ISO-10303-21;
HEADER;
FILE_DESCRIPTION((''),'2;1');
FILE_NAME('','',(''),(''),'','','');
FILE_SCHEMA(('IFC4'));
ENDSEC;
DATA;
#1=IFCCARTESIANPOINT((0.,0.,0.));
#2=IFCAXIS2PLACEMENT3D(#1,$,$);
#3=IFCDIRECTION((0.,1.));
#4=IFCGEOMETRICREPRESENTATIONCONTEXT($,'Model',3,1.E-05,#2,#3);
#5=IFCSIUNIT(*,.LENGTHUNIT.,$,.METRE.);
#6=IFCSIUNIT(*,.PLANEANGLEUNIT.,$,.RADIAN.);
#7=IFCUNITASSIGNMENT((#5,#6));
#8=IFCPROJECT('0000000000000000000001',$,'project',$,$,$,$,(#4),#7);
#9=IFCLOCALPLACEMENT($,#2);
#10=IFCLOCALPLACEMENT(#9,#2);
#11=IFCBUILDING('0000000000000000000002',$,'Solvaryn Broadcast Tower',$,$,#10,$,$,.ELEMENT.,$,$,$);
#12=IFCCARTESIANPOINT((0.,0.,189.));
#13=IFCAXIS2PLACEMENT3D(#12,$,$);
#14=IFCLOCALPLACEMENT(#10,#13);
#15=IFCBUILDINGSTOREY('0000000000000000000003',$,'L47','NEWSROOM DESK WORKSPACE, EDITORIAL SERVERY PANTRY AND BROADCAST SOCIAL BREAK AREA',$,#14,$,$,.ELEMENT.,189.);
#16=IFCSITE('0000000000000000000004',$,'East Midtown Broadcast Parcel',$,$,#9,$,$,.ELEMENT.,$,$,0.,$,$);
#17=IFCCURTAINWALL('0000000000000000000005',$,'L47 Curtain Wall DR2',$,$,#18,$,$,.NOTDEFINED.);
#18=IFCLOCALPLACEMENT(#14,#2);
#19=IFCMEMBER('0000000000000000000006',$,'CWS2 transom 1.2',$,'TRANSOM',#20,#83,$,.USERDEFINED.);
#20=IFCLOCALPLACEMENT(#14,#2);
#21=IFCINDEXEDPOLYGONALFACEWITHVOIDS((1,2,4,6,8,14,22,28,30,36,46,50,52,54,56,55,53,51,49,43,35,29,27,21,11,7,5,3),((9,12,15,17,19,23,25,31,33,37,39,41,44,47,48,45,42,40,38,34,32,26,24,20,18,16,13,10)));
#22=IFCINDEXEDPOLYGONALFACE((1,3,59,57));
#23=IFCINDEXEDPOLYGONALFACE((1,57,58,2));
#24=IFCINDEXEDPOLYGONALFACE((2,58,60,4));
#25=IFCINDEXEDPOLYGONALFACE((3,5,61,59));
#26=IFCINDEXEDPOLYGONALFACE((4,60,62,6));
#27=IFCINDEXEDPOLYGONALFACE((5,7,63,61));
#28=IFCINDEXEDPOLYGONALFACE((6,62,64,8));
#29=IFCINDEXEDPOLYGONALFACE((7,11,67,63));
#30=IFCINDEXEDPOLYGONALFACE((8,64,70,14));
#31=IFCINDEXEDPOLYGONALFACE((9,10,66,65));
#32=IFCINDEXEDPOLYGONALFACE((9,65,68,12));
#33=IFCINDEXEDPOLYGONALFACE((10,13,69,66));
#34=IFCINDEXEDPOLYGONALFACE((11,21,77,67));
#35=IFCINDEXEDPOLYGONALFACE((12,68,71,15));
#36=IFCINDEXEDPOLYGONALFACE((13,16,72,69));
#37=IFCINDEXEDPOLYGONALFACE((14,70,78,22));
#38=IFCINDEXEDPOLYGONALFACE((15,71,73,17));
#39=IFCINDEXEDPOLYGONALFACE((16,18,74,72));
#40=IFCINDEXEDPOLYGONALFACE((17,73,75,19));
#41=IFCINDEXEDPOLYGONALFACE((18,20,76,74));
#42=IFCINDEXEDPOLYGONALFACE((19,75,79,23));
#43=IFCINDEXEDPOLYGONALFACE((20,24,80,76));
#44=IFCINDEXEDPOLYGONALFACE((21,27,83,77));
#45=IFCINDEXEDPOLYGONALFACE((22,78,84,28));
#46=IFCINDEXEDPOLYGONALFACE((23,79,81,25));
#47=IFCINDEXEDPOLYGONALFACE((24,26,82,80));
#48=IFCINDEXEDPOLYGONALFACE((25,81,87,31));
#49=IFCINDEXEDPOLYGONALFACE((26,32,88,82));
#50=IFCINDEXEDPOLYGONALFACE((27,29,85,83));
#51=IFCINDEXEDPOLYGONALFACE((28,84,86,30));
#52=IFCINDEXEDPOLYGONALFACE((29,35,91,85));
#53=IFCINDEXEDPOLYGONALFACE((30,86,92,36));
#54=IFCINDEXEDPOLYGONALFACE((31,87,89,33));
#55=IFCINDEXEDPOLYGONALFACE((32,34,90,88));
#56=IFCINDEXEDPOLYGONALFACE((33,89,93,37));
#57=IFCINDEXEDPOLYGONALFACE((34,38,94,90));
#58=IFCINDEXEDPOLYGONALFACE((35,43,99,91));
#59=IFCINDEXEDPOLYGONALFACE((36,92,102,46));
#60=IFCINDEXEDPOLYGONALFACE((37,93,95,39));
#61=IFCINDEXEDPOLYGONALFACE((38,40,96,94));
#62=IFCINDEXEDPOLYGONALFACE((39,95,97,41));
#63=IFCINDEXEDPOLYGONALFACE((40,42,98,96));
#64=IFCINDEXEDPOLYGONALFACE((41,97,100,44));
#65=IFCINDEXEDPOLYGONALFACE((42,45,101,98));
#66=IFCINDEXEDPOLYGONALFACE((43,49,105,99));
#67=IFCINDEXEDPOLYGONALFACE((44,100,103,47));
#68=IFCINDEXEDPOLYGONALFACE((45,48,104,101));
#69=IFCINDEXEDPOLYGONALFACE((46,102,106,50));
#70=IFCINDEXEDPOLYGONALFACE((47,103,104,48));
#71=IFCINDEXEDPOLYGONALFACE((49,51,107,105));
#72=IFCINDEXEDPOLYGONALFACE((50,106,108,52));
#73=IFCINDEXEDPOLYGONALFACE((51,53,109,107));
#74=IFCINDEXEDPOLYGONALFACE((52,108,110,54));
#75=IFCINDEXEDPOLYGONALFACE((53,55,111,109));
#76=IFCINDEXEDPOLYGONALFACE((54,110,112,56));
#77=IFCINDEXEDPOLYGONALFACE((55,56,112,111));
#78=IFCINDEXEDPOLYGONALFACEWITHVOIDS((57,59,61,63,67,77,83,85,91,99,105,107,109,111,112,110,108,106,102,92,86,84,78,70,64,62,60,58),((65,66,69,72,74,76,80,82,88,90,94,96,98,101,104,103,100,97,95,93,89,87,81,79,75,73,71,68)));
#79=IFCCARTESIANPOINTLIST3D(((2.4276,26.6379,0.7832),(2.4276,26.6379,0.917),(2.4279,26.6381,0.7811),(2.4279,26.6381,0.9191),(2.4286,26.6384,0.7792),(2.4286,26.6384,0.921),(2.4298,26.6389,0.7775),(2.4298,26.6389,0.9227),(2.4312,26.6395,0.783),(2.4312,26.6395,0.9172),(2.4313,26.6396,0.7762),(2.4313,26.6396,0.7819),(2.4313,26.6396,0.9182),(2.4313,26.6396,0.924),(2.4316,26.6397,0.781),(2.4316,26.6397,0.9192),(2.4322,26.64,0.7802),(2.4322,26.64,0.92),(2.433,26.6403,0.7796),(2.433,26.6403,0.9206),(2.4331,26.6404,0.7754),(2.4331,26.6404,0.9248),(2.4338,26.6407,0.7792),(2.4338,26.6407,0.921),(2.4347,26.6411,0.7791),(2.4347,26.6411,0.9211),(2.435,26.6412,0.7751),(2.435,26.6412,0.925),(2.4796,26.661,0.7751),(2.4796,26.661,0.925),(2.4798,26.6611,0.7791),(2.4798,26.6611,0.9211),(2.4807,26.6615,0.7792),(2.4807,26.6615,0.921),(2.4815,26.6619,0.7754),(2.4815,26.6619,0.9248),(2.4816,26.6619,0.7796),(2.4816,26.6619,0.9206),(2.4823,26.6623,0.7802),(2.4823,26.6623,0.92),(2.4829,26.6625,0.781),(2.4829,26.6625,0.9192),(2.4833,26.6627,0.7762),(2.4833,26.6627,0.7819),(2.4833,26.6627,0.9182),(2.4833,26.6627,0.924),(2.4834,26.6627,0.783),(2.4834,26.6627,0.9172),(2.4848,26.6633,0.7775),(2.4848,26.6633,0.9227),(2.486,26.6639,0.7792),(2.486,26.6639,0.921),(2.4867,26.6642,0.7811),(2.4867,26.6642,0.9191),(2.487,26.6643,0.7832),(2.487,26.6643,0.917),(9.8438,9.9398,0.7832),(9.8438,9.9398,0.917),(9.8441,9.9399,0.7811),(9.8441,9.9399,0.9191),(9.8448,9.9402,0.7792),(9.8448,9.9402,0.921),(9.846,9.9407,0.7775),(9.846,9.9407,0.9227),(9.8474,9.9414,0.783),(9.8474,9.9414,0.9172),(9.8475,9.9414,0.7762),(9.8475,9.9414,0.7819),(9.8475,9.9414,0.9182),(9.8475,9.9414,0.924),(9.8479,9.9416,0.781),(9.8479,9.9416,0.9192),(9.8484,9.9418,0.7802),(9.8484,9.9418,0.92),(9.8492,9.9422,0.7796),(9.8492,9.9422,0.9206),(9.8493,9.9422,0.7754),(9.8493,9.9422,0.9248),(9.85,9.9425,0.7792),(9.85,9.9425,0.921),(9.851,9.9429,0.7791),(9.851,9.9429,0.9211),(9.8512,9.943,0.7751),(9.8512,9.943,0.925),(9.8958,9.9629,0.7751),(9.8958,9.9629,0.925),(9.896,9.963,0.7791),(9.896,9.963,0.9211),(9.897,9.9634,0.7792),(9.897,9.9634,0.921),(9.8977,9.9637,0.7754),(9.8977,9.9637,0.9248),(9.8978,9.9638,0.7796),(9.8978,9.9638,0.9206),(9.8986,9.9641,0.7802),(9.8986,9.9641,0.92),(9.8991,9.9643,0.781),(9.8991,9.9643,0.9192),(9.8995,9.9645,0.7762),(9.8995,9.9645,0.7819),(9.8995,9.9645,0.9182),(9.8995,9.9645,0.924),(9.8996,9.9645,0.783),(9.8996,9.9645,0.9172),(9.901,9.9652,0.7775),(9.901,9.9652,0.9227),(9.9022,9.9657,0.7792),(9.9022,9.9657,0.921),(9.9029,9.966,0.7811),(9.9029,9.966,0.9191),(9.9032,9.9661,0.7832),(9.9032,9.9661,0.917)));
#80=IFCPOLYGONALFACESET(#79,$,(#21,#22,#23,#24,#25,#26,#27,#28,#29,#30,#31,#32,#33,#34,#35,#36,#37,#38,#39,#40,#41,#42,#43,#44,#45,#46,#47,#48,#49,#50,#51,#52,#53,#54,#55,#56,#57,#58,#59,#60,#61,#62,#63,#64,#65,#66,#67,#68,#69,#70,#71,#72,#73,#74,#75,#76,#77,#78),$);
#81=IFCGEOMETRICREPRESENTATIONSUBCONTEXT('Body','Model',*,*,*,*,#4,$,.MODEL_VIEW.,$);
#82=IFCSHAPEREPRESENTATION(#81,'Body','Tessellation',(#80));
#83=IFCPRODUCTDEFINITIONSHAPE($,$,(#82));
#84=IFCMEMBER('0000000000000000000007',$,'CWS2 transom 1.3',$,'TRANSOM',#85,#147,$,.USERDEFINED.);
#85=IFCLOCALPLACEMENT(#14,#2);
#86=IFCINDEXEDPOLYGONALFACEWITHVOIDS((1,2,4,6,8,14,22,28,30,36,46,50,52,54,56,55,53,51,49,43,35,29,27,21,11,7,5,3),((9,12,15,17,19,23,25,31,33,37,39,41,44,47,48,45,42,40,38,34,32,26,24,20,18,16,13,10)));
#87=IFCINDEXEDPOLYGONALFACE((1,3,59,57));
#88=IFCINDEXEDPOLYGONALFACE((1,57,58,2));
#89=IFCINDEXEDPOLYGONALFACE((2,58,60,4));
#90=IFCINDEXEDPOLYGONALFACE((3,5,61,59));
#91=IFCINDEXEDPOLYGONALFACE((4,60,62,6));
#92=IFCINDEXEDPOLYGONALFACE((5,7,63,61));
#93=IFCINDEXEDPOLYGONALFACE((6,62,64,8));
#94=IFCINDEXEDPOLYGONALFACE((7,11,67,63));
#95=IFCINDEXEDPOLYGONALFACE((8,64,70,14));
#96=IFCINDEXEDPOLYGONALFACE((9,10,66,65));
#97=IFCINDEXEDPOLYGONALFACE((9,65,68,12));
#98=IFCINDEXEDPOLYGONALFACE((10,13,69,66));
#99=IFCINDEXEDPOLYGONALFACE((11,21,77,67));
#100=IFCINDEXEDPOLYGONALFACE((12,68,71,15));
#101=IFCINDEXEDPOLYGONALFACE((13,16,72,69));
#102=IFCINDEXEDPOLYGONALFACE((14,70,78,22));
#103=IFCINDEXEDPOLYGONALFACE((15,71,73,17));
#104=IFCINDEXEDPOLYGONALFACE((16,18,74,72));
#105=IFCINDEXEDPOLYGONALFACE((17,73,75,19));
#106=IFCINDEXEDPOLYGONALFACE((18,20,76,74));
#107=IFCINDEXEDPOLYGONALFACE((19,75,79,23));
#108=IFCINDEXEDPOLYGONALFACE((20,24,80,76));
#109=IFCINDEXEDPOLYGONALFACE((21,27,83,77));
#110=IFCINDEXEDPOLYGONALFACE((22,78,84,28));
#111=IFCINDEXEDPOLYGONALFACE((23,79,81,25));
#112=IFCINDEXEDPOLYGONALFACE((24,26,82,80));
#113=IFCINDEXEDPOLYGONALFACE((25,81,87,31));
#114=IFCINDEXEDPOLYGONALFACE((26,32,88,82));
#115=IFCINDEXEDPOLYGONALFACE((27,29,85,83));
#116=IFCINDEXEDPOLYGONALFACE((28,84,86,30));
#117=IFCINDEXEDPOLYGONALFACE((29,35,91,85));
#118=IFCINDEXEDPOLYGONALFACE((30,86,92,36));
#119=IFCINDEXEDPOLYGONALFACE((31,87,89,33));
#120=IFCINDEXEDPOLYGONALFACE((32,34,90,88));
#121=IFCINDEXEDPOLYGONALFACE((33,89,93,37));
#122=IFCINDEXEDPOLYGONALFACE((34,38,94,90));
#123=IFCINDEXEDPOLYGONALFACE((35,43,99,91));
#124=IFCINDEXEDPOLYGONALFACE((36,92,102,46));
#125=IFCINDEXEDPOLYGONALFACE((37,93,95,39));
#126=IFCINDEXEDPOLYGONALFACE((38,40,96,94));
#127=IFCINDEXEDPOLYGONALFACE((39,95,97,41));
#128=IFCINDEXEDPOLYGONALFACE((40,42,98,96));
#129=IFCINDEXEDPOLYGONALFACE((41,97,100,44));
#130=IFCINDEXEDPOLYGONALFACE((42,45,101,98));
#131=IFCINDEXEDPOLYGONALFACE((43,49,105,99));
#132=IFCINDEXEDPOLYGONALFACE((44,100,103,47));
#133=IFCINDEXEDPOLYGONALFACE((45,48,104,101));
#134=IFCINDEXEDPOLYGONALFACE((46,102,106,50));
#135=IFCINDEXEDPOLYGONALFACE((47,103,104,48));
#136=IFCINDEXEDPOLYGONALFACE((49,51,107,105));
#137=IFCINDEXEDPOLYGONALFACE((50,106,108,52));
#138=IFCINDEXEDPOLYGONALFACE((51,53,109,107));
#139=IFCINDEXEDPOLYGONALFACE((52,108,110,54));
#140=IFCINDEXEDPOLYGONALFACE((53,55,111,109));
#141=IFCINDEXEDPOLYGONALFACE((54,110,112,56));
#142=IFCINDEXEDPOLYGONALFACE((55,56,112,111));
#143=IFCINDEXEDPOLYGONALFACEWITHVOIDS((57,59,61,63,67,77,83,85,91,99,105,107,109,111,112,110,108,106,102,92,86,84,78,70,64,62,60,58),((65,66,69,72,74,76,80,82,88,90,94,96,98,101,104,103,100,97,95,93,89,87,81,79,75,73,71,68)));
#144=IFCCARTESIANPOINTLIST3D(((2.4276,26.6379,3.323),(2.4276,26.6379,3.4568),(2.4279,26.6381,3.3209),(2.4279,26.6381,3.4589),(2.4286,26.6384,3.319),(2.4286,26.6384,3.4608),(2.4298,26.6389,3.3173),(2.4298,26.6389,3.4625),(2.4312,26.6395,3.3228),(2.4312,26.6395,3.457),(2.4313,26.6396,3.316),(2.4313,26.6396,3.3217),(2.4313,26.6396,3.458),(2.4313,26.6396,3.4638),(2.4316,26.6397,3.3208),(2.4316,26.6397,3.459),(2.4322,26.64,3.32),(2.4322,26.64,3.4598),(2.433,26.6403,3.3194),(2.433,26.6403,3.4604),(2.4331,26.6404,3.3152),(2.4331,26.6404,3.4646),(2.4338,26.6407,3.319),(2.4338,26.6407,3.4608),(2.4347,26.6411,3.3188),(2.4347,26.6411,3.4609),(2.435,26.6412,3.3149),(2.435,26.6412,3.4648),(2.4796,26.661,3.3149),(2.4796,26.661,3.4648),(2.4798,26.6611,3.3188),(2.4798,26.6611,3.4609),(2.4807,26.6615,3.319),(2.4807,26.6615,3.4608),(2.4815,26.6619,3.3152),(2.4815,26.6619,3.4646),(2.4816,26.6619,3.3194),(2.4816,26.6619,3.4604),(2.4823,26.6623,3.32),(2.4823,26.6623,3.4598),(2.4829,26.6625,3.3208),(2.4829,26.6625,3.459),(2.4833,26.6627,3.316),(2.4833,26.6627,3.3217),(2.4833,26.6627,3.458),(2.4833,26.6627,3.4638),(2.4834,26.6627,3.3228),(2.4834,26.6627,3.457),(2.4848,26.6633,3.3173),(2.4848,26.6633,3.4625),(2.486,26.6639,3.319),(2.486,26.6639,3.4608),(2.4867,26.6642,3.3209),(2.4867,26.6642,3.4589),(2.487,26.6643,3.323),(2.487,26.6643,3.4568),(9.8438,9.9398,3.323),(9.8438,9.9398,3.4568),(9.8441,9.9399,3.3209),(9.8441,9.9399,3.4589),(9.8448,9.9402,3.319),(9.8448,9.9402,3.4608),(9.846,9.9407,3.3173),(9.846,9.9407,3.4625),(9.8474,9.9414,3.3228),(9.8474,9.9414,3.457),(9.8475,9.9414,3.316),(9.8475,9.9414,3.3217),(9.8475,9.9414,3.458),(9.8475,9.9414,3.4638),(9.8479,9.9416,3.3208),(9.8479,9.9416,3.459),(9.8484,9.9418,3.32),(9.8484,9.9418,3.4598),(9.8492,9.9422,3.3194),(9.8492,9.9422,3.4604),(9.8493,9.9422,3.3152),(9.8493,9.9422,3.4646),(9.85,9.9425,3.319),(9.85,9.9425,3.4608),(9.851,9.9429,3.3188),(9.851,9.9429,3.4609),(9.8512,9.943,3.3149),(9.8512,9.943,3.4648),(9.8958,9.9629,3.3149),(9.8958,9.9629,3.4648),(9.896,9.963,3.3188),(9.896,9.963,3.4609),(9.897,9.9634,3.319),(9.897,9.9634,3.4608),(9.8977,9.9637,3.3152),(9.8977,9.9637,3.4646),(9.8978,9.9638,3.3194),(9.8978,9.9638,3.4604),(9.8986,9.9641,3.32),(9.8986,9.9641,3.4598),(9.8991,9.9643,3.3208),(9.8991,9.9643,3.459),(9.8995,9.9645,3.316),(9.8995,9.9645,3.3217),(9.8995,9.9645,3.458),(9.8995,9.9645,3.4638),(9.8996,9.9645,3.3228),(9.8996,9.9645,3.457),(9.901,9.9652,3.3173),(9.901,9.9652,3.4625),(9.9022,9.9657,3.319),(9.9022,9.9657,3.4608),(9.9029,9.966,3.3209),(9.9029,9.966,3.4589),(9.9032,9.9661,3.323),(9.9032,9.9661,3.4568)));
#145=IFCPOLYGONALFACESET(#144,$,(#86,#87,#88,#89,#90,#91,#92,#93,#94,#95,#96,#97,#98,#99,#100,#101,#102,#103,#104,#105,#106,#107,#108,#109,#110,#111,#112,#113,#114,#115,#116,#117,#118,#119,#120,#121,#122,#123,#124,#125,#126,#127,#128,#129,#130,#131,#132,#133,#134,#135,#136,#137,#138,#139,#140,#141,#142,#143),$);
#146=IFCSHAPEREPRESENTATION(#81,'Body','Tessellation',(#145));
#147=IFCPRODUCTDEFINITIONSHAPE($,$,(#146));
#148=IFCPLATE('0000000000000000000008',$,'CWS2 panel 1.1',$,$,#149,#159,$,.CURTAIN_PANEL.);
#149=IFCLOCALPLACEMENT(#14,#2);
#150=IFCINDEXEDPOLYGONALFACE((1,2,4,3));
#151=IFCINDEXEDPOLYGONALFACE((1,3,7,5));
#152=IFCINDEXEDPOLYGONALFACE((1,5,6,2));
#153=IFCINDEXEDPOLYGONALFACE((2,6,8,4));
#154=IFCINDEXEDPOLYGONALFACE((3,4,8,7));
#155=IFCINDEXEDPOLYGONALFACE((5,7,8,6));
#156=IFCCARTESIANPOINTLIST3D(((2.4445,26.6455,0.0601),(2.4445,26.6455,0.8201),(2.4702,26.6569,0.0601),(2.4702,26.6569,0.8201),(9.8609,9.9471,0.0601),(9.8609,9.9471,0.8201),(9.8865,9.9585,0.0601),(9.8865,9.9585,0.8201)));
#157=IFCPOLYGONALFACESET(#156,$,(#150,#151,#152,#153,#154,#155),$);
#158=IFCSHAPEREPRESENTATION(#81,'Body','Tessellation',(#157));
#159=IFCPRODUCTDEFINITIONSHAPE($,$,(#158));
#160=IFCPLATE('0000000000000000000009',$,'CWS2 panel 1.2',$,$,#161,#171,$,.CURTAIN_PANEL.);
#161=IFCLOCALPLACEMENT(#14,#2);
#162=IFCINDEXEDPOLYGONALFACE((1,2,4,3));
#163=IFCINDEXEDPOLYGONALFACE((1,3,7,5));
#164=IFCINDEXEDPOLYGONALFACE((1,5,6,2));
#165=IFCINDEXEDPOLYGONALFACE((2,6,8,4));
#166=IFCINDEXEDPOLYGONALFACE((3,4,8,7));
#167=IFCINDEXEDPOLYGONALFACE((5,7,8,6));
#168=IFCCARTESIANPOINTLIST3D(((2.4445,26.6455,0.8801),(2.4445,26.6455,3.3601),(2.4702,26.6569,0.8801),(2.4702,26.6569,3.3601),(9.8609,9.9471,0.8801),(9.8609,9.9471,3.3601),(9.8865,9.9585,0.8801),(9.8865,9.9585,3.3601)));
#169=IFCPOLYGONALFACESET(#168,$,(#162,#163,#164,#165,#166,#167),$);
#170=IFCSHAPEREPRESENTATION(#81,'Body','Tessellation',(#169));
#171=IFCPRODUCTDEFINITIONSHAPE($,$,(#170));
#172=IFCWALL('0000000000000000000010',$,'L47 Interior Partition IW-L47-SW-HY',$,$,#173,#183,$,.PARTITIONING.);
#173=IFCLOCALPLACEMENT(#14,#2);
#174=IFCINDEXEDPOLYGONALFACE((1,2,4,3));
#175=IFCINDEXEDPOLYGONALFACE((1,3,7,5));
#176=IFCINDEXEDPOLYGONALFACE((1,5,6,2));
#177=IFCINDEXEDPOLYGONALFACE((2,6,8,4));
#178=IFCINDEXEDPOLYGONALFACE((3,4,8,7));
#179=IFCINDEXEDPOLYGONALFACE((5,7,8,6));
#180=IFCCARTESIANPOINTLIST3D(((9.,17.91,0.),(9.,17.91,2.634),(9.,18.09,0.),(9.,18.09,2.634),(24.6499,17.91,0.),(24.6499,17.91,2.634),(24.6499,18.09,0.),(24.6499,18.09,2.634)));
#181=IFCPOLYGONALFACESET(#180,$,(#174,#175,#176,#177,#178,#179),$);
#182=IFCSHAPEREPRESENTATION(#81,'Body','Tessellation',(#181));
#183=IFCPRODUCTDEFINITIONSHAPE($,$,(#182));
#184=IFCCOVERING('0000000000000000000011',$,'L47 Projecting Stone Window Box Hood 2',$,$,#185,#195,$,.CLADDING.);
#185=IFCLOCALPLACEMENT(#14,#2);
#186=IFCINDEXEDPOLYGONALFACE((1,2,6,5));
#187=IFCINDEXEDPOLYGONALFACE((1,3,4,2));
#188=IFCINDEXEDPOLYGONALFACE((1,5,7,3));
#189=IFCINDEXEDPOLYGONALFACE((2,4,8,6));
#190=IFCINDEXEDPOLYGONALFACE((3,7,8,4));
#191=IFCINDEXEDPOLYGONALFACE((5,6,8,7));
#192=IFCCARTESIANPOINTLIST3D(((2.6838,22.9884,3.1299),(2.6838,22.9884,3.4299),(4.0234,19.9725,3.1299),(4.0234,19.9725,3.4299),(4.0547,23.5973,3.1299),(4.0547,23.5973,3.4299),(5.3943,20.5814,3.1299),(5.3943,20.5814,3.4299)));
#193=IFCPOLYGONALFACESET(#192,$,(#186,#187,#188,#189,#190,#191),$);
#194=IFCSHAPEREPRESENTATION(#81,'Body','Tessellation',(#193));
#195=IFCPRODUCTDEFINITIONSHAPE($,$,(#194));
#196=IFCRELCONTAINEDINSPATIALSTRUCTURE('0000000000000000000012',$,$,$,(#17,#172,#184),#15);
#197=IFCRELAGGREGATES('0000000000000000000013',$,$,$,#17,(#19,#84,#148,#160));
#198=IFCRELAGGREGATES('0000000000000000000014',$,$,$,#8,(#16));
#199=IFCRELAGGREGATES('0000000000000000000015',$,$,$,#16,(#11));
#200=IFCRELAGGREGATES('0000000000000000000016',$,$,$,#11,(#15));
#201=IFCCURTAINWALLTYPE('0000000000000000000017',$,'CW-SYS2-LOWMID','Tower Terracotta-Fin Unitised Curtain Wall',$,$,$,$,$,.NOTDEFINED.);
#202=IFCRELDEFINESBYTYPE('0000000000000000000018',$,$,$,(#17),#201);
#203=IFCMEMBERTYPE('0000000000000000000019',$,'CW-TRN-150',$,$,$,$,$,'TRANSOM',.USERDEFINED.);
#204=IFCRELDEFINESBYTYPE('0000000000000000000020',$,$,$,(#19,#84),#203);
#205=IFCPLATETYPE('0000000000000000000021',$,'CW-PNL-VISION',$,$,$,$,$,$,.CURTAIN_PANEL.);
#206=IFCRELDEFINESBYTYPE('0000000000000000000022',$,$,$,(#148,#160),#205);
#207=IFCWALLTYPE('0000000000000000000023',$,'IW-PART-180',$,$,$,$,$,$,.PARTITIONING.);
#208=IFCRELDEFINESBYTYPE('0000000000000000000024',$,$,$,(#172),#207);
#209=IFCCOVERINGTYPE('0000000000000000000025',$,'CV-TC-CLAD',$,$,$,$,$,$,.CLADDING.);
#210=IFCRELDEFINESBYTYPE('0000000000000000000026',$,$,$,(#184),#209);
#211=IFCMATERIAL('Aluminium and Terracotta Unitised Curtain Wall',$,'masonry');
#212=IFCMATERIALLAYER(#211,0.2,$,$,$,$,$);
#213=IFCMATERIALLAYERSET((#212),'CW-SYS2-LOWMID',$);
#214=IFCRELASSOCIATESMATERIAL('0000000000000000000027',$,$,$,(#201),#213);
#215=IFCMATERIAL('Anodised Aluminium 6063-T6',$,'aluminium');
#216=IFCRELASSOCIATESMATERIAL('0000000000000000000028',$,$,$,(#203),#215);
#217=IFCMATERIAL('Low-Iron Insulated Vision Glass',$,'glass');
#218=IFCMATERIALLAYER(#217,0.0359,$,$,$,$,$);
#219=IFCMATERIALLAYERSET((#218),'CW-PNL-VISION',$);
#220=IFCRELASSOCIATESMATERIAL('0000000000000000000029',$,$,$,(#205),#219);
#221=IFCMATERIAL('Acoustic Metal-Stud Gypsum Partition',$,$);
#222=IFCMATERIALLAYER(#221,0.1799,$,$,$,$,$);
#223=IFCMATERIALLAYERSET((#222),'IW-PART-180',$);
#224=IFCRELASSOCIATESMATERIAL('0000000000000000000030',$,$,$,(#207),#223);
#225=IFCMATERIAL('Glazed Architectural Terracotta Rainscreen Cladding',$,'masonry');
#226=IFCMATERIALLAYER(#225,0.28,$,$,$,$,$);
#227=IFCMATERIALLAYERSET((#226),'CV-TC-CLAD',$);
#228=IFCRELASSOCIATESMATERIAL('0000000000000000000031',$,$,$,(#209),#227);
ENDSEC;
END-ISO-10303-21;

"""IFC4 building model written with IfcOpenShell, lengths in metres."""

from ifc_helpers import new_model, si_unit, direction, frame, frame_2d, origin, origin_2d, place, context, subcontext, project, spatial, rectangle, hollow_rectangle, extrude, material, layer, layer_set, material_profile, profile_set, type_object, element, aggregate, save


model = new_model("IFC4")

# Units and contexts
model_context = context("Model", 3, precision=1e-05, world=origin(), true_north=direction((0.0, 1.0)))
body_context = subcontext(model_context, "Body", "Model", "MODEL_VIEW")
ifc_project = project(units=[si_unit("LENGTHUNIT", "METRE"), si_unit("PLANEANGLEUNIT", "RADIAN")], contexts=[model_context])

# Site, building, storey
site_placement = place(None, origin())
site = spatial("IfcSite", under=ifc_project, at=site_placement, Name="East Midtown Broadcast Parcel", CompositionType="ELEMENT", RefElevation=0.0)
building_placement = place(site_placement, origin())
building = spatial("IfcBuilding", under=site, at=building_placement, Name="Solvaryn Broadcast Tower", CompositionType="ELEMENT")
storey_placement = place(building_placement, frame((0.0, 0.0, 189.0)))
storey = spatial("IfcBuildingStorey", under=building, at=storey_placement, Name="L47", Description="NEWSROOM DESK WORKSPACE, EDITORIAL SERVERY PANTRY AND BROADCAST SOCIAL BREAK AREA", CompositionType="ELEMENT", Elevation=189.0)

# Shared definitions
ifc_material_1 = material(Name="Aluminium and Terracotta Unitised Curtain Wall", Category="masonry")
ifc_layer_1 = layer(ifc_material_1, 0.2)
ifc_layer_set_1 = layer_set([ifc_layer_1], Name="CW-SYS2-LOWMID")
curtain_wall_type = type_object("IfcCurtainWallType", Name="CW-SYS2-LOWMID", Description="Tower Terracotta-Fin Unitised Curtain Wall", PredefinedType="NOTDEFINED", material=ifc_layer_set_1)

# Curtain wall, members, plates
curtain_wall_1_placement = place(storey_placement, origin())
curtain_wall_1 = element("IfcCurtainWall", 1, at=curtain_wall_1_placement, inside=storey, type_object=curtain_wall_type, Name="L47 Curtain Wall DR2", PredefinedType="NOTDEFINED")
ifc_material_2 = material(Name="Anodised Aluminium 6063-T6", Category="aluminium")
ifc_material_profile_1 = material_profile(ifc_material_2, hollow_rectangle(XDim=0.0649, YDim=0.1499, WallThickness=0.0039, InnerFilletRadius=0.0039, OuterFilletRadius=0.0081, at=origin_2d()))
ifc_profile_set_1 = profile_set([ifc_material_profile_1], Name="Anodised Aluminium 6063-T6")
member_type_1 = type_object("IfcMemberType", Name="CW-TRN-150", ElementType="TRANSOM", PredefinedType="USERDEFINED", material=ifc_profile_set_1)
member_1_placement = place(storey_placement, frame((2.4573, 26.6511, 0.8501), z_axis=(0.405902, -0.913917, 0.0), x_axis=(0.913917, 0.405902, 0.0)))
member_1 = element("IfcMember", 2, at=member_1_placement, type_object=member_type_1, Name="CWS2 transom 1.2", ObjectType="TRANSOM", PredefinedType="USERDEFINED", context=body_context, shape_type="SweptSolid", body=[
    extrude(hollow_rectangle(XDim=0.0649, YDim=0.1499, WallThickness=0.0039, InnerFilletRadius=0.0039, OuterFilletRadius=0.0081, at=origin_2d()), origin(), (0.0, 0.0, 1.0), 18.271),
])
member_2_placement = place(storey_placement, frame((2.4573, 26.6511, 3.3899), z_axis=(0.405902, -0.913917, 0.0), x_axis=(0.913917, 0.405902, 0.0)))
member_2 = element("IfcMember", 3, at=member_2_placement, type_object=member_type_1, Name="CWS2 transom 1.3", ObjectType="TRANSOM", PredefinedType="USERDEFINED", context=body_context, shape_type="SweptSolid", body=[
    extrude(hollow_rectangle(XDim=0.0649, YDim=0.1499, WallThickness=0.0039, InnerFilletRadius=0.0039, OuterFilletRadius=0.0081, at=origin_2d()), origin(), (0.0, 0.0, 1.0), 18.271),
])
ifc_material_3 = material(Name="Low-Iron Insulated Vision Glass", Category="glass")
ifc_layer_2 = layer(ifc_material_3, 0.0359)
ifc_layer_set_2 = layer_set([ifc_layer_2], Name="CW-PNL-VISION")
plate_type = type_object("IfcPlateType", Name="CW-PNL-VISION", PredefinedType="CURTAIN_PANEL", material=ifc_layer_set_2)
plate_1_placement = place(storey_placement, frame((6.1655, 18.302, 0.0601), z_axis=(0.0, 0.0, 1.0), x_axis=(0.405901, -0.913917, 0.0)))
plate_1 = element("IfcPlate", 4, at=plate_1_placement, type_object=plate_type, Name="CWS2 panel 1.1", PredefinedType="CURTAIN_PANEL", context=body_context, shape_type="SweptSolid", body=[
    extrude(rectangle(XDim=18.2712, YDim=0.0281, at=origin_2d()), origin(), (0.0, 0.0, 1.0), 0.76),
])
plate_2_placement = place(storey_placement, frame((6.1655, 18.302, 0.8801), z_axis=(0.0, 0.0, 1.0), x_axis=(0.405901, -0.913917, 0.0)))
plate_2 = element("IfcPlate", 5, at=plate_2_placement, type_object=plate_type, Name="CWS2 panel 1.2", PredefinedType="CURTAIN_PANEL", context=body_context, shape_type="SweptSolid", body=[
    extrude(rectangle(XDim=18.2712, YDim=0.0281, at=origin_2d()), origin(), (0.0, 0.0, 1.0), 2.48),
])
aggregate(curtain_wall_1, [member_1, member_2, plate_1, plate_2])

# Wall
ifc_material_4 = material(Name="Acoustic Metal-Stud Gypsum Partition")
ifc_layer_3 = layer(ifc_material_4, 0.1799)
ifc_layer_set_3 = layer_set([ifc_layer_3], Name="IW-PART-180")
wall_type = type_object("IfcWallType", Name="IW-PART-180", PredefinedType="PARTITIONING", material=ifc_layer_set_3)
wall_placement = place(storey_placement, frame((9.0, 18.0, 0.0), z_axis=(0.0, 0.0, 1.0), x_axis=(1.0, 0.0, 0.0)))
element("IfcWall", 6, at=wall_placement, inside=storey, type_object=wall_type, Name="L47 Interior Partition IW-L47-SW-HY", PredefinedType="PARTITIONING", context=body_context, shape_type="SweptSolid", body=[
    extrude(rectangle(XDim=15.6499, YDim=0.1799, at=frame_2d((7.825, 0.0))), origin(), (0.0, 0.0, 1.0), 2.634),
])

# Covering
ifc_material_5 = material(Name="Glazed Architectural Terracotta Rainscreen Cladding", Category="masonry")
ifc_layer_4 = layer(ifc_material_5, 0.28)
ifc_layer_set_4 = layer_set([ifc_layer_4], Name="CV-TC-CLAD")
covering_type_1 = type_object("IfcCoveringType", Name="CV-TC-CLAD", PredefinedType="CLADDING", material=ifc_layer_set_4)
for number, where, z_axis, x_axis, name in (
    (7, (4.0391, 21.7849, 3.1299), (0.0, 0.0, 1.0), (0.405939, -0.9139, 0.0), "L47 Projecting Stone Window Box Hood 2"),
):
    element("IfcCovering", number, at=place(storey_placement, frame(where, z_axis=z_axis, x_axis=x_axis)), inside=storey, type_object=covering_type_1, Name=name, PredefinedType="CLADDING", context=body_context, shape_type="SweptSolid", body=[
        extrude(rectangle(XDim=3.3, YDim=1.5, at=origin_2d()), origin(), (0.0, 0.0, 1.0), 0.3),
    ])

save(model, "model.ifc")
